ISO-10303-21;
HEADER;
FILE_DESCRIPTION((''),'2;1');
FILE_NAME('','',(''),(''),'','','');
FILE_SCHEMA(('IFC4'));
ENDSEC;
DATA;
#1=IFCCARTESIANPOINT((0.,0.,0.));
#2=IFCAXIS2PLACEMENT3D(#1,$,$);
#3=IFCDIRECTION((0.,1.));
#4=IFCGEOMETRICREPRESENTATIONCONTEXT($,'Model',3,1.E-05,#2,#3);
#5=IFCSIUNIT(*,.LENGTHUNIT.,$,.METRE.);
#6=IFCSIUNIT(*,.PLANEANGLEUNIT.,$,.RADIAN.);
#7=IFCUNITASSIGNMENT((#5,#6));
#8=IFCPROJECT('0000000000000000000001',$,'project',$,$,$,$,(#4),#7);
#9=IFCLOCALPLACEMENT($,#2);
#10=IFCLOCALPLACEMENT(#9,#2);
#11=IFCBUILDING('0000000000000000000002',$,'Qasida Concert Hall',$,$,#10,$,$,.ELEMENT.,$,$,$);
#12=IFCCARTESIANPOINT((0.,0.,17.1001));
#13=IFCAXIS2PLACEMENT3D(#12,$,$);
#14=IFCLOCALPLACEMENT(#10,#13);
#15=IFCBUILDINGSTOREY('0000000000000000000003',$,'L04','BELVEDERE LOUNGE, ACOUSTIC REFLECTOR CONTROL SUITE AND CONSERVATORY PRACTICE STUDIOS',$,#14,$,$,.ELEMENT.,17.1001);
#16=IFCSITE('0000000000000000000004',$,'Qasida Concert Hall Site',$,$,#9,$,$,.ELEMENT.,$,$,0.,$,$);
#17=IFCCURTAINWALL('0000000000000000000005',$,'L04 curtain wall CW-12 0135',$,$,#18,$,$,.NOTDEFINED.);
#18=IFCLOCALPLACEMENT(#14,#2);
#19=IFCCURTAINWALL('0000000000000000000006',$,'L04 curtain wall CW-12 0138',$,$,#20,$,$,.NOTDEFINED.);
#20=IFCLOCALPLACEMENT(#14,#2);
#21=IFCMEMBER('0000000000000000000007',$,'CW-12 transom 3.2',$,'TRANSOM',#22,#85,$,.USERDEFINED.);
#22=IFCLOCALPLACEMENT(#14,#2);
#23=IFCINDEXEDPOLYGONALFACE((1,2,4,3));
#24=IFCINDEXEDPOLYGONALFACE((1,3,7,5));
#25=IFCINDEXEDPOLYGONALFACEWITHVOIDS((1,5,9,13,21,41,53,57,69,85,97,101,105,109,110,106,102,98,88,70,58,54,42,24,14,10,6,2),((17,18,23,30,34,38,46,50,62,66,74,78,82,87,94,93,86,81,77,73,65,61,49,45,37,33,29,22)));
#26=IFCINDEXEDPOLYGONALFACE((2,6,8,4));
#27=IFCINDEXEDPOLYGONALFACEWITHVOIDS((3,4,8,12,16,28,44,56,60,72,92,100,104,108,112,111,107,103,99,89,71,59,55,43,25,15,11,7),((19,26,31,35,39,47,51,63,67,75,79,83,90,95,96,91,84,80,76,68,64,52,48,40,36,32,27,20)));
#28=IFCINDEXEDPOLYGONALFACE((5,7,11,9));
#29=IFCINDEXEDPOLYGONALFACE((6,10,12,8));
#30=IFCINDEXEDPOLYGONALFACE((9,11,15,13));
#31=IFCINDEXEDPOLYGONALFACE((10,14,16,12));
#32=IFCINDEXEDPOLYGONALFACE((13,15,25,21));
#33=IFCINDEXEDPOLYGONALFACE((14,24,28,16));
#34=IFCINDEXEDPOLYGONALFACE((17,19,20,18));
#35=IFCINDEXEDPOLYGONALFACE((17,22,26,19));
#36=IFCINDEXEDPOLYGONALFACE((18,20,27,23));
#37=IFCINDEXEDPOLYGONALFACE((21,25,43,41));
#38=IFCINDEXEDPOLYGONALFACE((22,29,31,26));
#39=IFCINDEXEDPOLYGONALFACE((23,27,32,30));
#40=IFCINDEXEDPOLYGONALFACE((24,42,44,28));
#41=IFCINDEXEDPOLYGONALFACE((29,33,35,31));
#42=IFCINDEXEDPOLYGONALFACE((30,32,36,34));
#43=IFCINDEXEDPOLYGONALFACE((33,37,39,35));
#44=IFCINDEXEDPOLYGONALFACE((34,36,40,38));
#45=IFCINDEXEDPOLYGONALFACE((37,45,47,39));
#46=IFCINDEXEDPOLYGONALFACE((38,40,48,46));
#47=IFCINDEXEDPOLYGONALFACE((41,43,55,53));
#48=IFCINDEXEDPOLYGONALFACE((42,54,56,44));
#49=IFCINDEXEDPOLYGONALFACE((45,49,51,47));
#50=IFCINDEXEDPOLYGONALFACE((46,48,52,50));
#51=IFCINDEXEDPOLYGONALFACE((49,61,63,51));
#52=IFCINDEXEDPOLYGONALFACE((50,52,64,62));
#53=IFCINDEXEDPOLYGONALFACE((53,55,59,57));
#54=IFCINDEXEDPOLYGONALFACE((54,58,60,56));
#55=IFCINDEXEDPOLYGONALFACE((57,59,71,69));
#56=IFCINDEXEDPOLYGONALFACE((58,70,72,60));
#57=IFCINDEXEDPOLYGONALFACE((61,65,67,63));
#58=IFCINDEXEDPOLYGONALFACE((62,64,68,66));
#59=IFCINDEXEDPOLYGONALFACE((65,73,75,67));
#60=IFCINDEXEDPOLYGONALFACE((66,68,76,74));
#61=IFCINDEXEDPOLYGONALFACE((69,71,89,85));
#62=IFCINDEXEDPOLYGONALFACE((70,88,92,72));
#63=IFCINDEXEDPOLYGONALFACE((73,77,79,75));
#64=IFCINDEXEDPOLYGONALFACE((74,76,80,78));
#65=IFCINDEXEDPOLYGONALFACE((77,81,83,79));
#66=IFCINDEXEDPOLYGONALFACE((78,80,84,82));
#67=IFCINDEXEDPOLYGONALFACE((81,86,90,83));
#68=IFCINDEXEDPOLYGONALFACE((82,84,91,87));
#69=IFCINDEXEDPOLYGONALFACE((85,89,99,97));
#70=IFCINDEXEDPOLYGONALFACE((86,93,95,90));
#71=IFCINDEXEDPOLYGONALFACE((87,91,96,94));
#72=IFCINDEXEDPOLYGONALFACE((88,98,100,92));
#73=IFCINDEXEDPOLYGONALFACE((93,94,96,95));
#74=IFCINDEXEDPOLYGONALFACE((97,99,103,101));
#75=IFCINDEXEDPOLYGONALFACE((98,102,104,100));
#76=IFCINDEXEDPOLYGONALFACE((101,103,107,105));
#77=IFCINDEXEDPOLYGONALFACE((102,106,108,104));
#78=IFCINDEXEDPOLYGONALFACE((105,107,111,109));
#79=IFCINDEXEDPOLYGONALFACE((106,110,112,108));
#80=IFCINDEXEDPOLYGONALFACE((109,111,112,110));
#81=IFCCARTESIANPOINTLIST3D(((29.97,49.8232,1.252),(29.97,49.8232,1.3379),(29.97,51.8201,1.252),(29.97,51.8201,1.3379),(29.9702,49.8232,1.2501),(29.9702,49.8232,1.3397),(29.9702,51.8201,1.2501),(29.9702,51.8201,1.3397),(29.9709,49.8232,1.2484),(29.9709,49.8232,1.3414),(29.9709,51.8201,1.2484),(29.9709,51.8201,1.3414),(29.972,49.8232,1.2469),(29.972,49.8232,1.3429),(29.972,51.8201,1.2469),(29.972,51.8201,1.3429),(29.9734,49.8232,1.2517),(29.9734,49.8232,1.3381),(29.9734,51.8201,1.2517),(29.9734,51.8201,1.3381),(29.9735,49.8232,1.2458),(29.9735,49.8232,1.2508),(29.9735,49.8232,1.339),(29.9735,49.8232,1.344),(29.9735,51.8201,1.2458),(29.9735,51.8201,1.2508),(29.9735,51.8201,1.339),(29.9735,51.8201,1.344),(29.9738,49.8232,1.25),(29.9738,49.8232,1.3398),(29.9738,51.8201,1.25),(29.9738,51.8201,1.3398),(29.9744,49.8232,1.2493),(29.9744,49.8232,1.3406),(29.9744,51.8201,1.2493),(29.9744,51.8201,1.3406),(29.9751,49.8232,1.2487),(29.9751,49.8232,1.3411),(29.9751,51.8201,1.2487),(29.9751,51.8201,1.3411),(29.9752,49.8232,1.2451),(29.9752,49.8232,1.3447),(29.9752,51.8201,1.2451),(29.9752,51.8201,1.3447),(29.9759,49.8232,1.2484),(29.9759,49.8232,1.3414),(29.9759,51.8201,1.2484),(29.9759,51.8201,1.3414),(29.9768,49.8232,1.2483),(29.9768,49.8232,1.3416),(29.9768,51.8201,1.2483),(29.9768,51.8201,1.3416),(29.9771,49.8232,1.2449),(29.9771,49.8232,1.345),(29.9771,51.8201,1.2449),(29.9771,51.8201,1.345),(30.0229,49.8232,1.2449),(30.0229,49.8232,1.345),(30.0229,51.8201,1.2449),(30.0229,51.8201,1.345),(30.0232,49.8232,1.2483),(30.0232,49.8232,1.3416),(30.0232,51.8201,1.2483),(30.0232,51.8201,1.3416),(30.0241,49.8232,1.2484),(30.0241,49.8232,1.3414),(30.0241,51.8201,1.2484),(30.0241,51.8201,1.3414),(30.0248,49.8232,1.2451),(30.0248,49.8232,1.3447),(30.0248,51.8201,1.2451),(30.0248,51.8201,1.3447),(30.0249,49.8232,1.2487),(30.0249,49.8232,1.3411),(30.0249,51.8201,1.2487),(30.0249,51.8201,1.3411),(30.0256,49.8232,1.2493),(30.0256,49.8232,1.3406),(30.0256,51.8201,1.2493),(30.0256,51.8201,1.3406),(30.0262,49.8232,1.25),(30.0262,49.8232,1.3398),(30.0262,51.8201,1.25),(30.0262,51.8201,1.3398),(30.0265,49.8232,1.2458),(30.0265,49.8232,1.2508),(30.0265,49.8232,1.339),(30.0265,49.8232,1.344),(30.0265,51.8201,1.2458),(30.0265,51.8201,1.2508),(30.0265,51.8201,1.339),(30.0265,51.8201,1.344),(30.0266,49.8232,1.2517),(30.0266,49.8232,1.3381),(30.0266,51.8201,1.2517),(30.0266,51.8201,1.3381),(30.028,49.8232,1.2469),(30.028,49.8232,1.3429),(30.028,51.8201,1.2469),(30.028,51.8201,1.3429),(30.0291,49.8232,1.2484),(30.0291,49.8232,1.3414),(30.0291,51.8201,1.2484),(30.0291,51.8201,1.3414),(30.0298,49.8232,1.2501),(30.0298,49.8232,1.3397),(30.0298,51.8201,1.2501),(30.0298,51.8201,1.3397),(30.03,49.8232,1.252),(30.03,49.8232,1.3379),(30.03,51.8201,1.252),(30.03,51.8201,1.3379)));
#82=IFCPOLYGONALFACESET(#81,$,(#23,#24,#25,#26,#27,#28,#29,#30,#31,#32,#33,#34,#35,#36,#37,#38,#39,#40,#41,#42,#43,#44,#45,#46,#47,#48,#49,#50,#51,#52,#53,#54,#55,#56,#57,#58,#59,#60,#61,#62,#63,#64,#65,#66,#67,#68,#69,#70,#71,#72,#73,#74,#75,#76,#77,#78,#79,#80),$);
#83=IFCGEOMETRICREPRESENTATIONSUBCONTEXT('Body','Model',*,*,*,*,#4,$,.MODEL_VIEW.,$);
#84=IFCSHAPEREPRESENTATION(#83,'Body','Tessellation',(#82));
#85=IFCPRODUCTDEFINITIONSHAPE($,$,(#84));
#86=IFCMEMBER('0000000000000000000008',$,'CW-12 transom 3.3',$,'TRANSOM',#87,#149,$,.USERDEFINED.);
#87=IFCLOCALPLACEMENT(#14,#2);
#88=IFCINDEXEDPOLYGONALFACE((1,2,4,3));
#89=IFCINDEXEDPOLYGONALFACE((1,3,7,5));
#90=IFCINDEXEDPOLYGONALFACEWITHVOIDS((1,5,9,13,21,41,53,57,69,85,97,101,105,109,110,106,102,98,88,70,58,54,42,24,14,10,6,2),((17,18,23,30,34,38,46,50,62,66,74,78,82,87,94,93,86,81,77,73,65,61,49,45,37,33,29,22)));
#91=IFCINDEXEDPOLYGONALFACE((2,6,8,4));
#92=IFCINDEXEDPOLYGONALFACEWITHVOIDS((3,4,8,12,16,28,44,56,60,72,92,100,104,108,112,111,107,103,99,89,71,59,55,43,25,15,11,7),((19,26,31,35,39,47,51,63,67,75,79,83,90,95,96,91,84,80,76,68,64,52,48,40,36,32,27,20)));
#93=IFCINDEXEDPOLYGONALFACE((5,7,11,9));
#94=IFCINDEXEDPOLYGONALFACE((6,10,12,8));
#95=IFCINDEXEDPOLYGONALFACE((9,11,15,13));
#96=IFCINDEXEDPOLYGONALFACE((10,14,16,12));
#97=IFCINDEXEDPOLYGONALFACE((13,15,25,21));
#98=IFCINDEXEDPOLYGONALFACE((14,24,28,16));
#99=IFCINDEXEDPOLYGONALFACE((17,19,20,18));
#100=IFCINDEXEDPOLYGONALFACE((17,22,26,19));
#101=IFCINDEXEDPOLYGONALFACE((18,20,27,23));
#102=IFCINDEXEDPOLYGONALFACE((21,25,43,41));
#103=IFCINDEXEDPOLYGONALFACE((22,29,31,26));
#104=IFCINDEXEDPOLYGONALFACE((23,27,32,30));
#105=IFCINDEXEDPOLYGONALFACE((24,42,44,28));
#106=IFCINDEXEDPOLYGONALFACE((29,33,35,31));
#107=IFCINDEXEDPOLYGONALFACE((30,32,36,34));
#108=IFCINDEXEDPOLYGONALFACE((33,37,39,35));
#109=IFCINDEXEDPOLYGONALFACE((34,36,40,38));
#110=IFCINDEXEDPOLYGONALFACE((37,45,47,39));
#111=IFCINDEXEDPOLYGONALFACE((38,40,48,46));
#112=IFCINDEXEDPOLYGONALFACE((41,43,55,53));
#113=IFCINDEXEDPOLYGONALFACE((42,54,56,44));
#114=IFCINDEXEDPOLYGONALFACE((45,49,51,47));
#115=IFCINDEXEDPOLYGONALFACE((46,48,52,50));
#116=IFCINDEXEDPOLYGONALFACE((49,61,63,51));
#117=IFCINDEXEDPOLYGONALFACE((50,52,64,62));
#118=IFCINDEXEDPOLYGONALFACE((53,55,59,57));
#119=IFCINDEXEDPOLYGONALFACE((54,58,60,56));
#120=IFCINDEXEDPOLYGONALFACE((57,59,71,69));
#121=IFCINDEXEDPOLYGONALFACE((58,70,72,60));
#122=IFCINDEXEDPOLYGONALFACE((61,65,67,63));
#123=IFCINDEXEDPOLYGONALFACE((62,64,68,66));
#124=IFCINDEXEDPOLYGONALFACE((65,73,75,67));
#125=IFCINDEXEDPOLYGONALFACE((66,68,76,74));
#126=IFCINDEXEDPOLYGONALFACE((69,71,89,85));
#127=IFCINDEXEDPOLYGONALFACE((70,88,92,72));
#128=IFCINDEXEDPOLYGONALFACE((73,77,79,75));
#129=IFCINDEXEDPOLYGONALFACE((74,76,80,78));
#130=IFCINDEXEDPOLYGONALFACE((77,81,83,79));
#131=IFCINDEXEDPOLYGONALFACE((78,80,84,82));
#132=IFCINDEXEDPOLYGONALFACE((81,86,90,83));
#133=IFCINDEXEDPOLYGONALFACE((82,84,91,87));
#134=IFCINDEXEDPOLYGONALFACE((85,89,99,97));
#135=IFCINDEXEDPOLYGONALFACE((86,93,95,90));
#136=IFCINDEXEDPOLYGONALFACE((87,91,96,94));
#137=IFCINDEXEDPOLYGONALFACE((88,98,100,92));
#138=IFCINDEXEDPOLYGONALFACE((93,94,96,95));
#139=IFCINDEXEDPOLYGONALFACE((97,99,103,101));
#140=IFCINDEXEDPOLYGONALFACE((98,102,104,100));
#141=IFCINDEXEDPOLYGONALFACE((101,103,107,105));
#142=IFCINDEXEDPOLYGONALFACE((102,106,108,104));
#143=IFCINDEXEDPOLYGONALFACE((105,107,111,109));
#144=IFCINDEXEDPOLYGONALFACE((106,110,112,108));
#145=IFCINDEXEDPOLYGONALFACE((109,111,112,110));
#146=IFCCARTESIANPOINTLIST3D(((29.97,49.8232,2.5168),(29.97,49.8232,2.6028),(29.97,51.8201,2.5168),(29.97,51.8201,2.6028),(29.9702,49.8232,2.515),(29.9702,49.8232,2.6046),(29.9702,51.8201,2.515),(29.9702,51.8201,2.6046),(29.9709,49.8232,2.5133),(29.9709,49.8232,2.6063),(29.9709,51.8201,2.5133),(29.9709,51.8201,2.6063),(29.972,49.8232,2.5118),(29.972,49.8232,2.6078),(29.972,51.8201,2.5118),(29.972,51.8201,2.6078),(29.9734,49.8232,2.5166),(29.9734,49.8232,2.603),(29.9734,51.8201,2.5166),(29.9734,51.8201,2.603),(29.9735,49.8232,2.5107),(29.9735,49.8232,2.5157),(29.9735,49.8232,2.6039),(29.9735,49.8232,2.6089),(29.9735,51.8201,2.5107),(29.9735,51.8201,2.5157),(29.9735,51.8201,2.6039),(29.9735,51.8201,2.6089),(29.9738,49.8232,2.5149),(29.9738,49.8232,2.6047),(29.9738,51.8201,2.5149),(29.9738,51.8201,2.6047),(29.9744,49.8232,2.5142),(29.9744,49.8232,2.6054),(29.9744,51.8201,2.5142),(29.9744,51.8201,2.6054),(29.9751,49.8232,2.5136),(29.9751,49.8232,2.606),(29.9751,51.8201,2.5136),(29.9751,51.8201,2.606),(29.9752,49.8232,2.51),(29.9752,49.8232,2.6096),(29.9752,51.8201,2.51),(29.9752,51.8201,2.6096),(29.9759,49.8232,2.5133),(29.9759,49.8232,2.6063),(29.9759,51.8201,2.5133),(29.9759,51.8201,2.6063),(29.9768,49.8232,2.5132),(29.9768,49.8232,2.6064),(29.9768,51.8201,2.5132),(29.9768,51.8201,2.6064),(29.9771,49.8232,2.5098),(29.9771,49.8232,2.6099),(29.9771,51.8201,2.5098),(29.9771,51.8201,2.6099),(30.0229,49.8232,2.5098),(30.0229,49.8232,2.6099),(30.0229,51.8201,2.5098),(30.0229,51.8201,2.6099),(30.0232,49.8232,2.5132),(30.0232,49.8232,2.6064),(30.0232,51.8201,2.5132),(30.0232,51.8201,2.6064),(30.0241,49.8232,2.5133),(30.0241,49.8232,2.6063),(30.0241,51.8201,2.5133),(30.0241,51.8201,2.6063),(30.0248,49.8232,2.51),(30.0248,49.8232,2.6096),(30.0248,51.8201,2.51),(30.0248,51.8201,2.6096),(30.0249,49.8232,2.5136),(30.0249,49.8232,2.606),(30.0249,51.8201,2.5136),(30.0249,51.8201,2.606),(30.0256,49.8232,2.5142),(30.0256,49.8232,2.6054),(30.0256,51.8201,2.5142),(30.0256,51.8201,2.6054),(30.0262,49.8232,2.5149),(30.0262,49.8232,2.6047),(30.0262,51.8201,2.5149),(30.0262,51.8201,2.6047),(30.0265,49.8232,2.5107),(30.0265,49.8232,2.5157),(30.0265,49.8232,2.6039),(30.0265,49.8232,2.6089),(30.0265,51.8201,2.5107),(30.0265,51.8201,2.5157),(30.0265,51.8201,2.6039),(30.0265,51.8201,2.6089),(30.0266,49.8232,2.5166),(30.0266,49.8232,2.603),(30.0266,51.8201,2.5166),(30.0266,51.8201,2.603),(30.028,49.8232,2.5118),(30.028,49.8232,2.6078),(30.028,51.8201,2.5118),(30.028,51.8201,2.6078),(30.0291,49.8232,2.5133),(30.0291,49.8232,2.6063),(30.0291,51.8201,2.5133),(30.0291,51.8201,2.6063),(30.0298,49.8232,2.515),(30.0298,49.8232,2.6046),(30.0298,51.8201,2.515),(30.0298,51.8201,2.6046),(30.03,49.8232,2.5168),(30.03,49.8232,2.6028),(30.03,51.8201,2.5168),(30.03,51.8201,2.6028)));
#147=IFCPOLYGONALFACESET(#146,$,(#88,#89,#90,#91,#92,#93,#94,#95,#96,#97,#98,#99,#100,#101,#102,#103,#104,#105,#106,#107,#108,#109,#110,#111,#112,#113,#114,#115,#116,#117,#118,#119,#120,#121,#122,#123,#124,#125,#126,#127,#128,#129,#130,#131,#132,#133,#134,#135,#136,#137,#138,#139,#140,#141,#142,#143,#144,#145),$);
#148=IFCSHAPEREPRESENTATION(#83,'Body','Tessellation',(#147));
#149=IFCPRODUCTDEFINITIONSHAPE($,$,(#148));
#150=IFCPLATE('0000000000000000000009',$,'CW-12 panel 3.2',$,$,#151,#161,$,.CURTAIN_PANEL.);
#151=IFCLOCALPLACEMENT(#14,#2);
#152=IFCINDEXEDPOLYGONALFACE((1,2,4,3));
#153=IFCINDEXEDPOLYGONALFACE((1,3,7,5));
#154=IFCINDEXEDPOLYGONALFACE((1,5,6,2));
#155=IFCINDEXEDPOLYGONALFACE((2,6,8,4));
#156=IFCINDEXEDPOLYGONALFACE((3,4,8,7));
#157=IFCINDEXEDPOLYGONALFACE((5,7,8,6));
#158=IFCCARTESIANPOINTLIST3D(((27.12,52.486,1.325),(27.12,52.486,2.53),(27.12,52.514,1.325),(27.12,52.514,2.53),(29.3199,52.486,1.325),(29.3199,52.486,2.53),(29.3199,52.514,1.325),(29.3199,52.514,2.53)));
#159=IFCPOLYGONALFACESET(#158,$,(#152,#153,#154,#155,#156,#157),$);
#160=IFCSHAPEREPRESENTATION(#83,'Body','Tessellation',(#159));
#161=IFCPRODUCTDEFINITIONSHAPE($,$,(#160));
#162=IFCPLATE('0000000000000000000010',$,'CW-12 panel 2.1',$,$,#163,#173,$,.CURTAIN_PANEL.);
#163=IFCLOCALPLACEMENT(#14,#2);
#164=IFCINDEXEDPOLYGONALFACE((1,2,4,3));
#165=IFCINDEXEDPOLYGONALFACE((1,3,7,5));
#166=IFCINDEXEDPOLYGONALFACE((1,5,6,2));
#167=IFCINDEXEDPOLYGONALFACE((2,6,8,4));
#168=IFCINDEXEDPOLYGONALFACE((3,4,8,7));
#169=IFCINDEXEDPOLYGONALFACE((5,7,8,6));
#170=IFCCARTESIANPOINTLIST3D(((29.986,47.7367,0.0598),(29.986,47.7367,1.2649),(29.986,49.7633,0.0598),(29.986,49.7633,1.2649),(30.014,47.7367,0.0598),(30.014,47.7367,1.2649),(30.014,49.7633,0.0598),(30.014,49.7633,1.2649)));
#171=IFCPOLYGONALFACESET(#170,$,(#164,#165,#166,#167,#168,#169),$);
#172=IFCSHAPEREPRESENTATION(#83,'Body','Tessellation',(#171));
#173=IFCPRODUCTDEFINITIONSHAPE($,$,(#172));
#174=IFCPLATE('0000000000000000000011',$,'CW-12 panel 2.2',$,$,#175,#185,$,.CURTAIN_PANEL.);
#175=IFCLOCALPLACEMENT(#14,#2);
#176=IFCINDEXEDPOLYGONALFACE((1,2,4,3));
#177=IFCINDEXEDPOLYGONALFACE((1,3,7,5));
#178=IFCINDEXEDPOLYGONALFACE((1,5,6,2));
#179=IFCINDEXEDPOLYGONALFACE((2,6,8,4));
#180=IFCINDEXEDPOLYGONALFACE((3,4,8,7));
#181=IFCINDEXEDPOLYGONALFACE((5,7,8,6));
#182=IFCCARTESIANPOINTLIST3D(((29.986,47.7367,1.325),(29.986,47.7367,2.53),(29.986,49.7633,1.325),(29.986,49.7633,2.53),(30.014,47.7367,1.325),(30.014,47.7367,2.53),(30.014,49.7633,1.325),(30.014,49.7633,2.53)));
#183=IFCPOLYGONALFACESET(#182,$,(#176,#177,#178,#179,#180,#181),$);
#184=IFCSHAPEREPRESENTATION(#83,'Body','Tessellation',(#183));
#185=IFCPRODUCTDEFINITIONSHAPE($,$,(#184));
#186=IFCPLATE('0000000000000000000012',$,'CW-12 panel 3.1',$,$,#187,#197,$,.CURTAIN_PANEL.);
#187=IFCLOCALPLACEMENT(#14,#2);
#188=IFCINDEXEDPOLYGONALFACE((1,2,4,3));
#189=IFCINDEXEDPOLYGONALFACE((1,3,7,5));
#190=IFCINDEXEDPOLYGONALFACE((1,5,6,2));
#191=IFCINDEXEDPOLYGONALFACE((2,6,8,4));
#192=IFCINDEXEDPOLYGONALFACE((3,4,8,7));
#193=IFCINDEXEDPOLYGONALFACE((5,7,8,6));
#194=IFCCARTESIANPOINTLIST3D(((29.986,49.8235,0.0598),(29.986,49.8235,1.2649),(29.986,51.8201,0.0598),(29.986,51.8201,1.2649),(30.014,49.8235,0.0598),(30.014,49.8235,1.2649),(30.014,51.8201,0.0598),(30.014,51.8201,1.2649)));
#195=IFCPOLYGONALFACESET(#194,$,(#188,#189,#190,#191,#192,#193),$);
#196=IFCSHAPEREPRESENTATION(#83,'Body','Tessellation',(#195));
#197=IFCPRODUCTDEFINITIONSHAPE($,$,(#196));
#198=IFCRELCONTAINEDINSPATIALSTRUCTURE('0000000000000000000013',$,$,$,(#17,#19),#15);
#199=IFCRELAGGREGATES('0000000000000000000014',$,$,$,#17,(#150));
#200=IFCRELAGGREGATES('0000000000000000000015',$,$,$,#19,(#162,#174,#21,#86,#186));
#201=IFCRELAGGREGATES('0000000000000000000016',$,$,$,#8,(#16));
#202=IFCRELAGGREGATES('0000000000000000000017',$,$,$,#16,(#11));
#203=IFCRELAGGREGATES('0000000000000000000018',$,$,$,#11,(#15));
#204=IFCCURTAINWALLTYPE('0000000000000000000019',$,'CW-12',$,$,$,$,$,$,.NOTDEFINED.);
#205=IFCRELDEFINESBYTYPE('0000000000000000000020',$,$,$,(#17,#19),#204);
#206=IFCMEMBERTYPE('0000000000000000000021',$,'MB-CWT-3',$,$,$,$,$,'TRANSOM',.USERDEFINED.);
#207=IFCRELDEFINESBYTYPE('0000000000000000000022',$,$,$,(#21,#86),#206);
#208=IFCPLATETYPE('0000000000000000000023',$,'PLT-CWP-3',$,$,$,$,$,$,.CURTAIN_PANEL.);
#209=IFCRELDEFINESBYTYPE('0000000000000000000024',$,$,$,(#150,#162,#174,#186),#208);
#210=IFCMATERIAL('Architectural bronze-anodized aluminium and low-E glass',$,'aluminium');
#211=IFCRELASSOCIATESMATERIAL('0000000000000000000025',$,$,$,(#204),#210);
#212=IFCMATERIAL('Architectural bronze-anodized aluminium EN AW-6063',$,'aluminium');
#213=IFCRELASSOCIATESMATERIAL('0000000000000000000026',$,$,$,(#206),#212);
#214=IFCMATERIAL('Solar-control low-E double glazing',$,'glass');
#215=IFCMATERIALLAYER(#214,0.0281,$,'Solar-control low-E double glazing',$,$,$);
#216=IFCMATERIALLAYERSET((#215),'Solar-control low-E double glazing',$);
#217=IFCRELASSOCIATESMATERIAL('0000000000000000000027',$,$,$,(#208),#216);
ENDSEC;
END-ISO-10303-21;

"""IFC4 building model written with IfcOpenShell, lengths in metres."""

from ifc_helpers import new_model, si_unit, direction, frame, origin, origin_2d, place, context, subcontext, project, spatial, rectangle, hollow_rectangle, extrude, material, layer, layer_set, material_profile, profile_set, type_object, element, aggregate, save


model = new_model("IFC4")

# Units and contexts
model_context = context("Model", 3, precision=1e-05, world=origin(), true_north=direction((0.0, 1.0)))
body_context = subcontext(model_context, "Body", "Model", "MODEL_VIEW")
ifc_project = project(units=[si_unit("LENGTHUNIT", "METRE"), si_unit("PLANEANGLEUNIT", "RADIAN")], contexts=[model_context])

# Site, building, storey
site_placement = place(None, origin())
site = spatial("IfcSite", under=ifc_project, at=site_placement, Name="Qasida Concert Hall Site", CompositionType="ELEMENT", RefElevation=0.0)
building_placement = place(site_placement, origin())
building = spatial("IfcBuilding", under=site, at=building_placement, Name="Qasida Concert Hall", CompositionType="ELEMENT")
storey_placement = place(building_placement, frame((0.0, 0.0, 17.1001)))
storey = spatial("IfcBuildingStorey", under=building, at=storey_placement, Name="L04", Description="BELVEDERE LOUNGE, ACOUSTIC REFLECTOR CONTROL SUITE AND CONSERVATORY PRACTICE STUDIOS", CompositionType="ELEMENT", Elevation=17.1001)

# Curtain wall
ifc_material_1 = material(Name="Architectural bronze-anodized aluminium and low-E glass", Category="aluminium")
ifc_material_2 = material(Name="Architectural bronze-anodized aluminium EN AW-6063", Category="aluminium")
curtain_wall_type_1 = type_object("IfcCurtainWallType", Name="CW-12", PredefinedType="NOTDEFINED", material=ifc_material_1)
curtain_wall_1_placement = place(storey_placement, origin())
curtain_wall_1 = element("IfcCurtainWall", 1, at=curtain_wall_1_placement, inside=storey, type_object=curtain_wall_type_1, Name="L04 curtain wall CW-12 0135", PredefinedType="NOTDEFINED")

# Curtain wall
curtain_wall_2_placement = place(storey_placement, origin())
curtain_wall_2 = element("IfcCurtainWall", 2, at=curtain_wall_2_placement, inside=storey, type_object=curtain_wall_type_1, Name="L04 curtain wall CW-12 0138", PredefinedType="NOTDEFINED")

# Members
ifc_material_profile_1 = material_profile(ifc_material_2, hollow_rectangle(XDim=0.0601, YDim=0.1001, WallThickness=0.0034, InnerFilletRadius=0.0034, OuterFilletRadius=0.0071, at=origin_2d()), Name="CWT 100x60x3.5")
ifc_profile_set_1 = profile_set([ifc_material_profile_1], Name="Architectural bronze-anodized aluminium EN AW-6063")
member_type_1 = type_object("IfcMemberType", Name="MB-CWT-3", ElementType="TRANSOM", PredefinedType="USERDEFINED", material=ifc_profile_set_1)
member_1_placement = place(storey_placement, frame((30.0, 49.8232, 1.2949), z_axis=(0.0, 1.0, 0.0), x_axis=(-1.0, 0.0, 0.0)))
member_1 = element("IfcMember", 3, at=member_1_placement, type_object=member_type_1, Name="CW-12 transom 3.2", ObjectType="TRANSOM", PredefinedType="USERDEFINED", context=body_context, shape_type="SweptSolid", body=[
    extrude(hollow_rectangle(XDim=0.0601, YDim=0.1001, WallThickness=0.0034, InnerFilletRadius=0.0034, OuterFilletRadius=0.0071, at=origin_2d()), origin(), (0.0, 0.0, 1.0), 1.9968),
])
member_2_placement = place(storey_placement, frame((30.0, 49.8232, 2.5598), z_axis=(0.0, 1.0, 0.0), x_axis=(-1.0, 0.0, 0.0)))
member_2 = element("IfcMember", 4, at=member_2_placement, type_object=member_type_1, Name="CW-12 transom 3.3", ObjectType="TRANSOM", PredefinedType="USERDEFINED", context=body_context, shape_type="SweptSolid", body=[
    extrude(hollow_rectangle(XDim=0.0601, YDim=0.1001, WallThickness=0.0034, InnerFilletRadius=0.0034, OuterFilletRadius=0.0071, at=origin_2d()), origin(), (0.0, 0.0, 1.0), 1.9968),
])

# Plates
ifc_material_3 = material(Name="Solar-control low-E double glazing", Category="glass")
ifc_layer_1 = layer(ifc_material_3, 0.0281, Name="Solar-control low-E double glazing")
ifc_layer_set_1 = layer_set([ifc_layer_1], Name="Solar-control low-E double glazing")
plate_type = type_object("IfcPlateType", Name="PLT-CWP-3", PredefinedType="CURTAIN_PANEL", material=ifc_layer_set_1)
plate_1_placement = place(storey_placement, frame((28.22, 52.5, 1.325), z_axis=(0.0, 0.0, 1.0), x_axis=(1.0, 0.0, 0.0)))
plate_1 = element("IfcPlate", 5, at=plate_1_placement, type_object=plate_type, Name="CW-12 panel 3.2", PredefinedType="CURTAIN_PANEL", context=body_context, shape_type="SweptSolid", body=[
    extrude(rectangle(XDim=2.2, YDim=0.0281, at=origin_2d()), origin(), (0.0, 0.0, 1.0), 1.2051),
])
aggregate(curtain_wall_1, [plate_1])
plate_2_placement = place(storey_placement, frame((30.0, 48.75, 0.0598), z_axis=(0.0, 0.0, 1.0), x_axis=(0.0, 1.0, 0.0)))
plate_2 = element("IfcPlate", 6, at=plate_2_placement, type_object=plate_type, Name="CW-12 panel 2.1", PredefinedType="CURTAIN_PANEL", context=body_context, shape_type="SweptSolid", body=[
    extrude(rectangle(XDim=2.0266, YDim=0.0281, at=origin_2d()), origin(), (0.0, 0.0, 1.0), 1.2051),
])
plate_3_placement = place(storey_placement, frame((30.0, 48.75, 1.325), z_axis=(0.0, 0.0, 1.0), x_axis=(0.0, 1.0, 0.0)))
plate_3 = element("IfcPlate", 7, at=plate_3_placement, type_object=plate_type, Name="CW-12 panel 2.2", PredefinedType="CURTAIN_PANEL", context=body_context, shape_type="SweptSolid", body=[
    extrude(rectangle(XDim=2.0266, YDim=0.0281, at=origin_2d()), origin(), (0.0, 0.0, 1.0), 1.2051),
])
plate_4_placement = place(storey_placement, frame((30.0, 50.8218, 0.0598), z_axis=(0.0, 0.0, 1.0), x_axis=(0.0, 1.0, 0.0)))
plate_4 = element("IfcPlate", 8, at=plate_4_placement, type_object=plate_type, Name="CW-12 panel 3.1", PredefinedType="CURTAIN_PANEL", context=body_context, shape_type="SweptSolid", body=[
    extrude(rectangle(XDim=1.9966, YDim=0.0281, at=origin_2d()), origin(), (0.0, 0.0, 1.0), 1.2051),
])
aggregate(curtain_wall_2, [plate_2, plate_3, member_1, member_2, plate_4])

save(model, "model.ifc")
